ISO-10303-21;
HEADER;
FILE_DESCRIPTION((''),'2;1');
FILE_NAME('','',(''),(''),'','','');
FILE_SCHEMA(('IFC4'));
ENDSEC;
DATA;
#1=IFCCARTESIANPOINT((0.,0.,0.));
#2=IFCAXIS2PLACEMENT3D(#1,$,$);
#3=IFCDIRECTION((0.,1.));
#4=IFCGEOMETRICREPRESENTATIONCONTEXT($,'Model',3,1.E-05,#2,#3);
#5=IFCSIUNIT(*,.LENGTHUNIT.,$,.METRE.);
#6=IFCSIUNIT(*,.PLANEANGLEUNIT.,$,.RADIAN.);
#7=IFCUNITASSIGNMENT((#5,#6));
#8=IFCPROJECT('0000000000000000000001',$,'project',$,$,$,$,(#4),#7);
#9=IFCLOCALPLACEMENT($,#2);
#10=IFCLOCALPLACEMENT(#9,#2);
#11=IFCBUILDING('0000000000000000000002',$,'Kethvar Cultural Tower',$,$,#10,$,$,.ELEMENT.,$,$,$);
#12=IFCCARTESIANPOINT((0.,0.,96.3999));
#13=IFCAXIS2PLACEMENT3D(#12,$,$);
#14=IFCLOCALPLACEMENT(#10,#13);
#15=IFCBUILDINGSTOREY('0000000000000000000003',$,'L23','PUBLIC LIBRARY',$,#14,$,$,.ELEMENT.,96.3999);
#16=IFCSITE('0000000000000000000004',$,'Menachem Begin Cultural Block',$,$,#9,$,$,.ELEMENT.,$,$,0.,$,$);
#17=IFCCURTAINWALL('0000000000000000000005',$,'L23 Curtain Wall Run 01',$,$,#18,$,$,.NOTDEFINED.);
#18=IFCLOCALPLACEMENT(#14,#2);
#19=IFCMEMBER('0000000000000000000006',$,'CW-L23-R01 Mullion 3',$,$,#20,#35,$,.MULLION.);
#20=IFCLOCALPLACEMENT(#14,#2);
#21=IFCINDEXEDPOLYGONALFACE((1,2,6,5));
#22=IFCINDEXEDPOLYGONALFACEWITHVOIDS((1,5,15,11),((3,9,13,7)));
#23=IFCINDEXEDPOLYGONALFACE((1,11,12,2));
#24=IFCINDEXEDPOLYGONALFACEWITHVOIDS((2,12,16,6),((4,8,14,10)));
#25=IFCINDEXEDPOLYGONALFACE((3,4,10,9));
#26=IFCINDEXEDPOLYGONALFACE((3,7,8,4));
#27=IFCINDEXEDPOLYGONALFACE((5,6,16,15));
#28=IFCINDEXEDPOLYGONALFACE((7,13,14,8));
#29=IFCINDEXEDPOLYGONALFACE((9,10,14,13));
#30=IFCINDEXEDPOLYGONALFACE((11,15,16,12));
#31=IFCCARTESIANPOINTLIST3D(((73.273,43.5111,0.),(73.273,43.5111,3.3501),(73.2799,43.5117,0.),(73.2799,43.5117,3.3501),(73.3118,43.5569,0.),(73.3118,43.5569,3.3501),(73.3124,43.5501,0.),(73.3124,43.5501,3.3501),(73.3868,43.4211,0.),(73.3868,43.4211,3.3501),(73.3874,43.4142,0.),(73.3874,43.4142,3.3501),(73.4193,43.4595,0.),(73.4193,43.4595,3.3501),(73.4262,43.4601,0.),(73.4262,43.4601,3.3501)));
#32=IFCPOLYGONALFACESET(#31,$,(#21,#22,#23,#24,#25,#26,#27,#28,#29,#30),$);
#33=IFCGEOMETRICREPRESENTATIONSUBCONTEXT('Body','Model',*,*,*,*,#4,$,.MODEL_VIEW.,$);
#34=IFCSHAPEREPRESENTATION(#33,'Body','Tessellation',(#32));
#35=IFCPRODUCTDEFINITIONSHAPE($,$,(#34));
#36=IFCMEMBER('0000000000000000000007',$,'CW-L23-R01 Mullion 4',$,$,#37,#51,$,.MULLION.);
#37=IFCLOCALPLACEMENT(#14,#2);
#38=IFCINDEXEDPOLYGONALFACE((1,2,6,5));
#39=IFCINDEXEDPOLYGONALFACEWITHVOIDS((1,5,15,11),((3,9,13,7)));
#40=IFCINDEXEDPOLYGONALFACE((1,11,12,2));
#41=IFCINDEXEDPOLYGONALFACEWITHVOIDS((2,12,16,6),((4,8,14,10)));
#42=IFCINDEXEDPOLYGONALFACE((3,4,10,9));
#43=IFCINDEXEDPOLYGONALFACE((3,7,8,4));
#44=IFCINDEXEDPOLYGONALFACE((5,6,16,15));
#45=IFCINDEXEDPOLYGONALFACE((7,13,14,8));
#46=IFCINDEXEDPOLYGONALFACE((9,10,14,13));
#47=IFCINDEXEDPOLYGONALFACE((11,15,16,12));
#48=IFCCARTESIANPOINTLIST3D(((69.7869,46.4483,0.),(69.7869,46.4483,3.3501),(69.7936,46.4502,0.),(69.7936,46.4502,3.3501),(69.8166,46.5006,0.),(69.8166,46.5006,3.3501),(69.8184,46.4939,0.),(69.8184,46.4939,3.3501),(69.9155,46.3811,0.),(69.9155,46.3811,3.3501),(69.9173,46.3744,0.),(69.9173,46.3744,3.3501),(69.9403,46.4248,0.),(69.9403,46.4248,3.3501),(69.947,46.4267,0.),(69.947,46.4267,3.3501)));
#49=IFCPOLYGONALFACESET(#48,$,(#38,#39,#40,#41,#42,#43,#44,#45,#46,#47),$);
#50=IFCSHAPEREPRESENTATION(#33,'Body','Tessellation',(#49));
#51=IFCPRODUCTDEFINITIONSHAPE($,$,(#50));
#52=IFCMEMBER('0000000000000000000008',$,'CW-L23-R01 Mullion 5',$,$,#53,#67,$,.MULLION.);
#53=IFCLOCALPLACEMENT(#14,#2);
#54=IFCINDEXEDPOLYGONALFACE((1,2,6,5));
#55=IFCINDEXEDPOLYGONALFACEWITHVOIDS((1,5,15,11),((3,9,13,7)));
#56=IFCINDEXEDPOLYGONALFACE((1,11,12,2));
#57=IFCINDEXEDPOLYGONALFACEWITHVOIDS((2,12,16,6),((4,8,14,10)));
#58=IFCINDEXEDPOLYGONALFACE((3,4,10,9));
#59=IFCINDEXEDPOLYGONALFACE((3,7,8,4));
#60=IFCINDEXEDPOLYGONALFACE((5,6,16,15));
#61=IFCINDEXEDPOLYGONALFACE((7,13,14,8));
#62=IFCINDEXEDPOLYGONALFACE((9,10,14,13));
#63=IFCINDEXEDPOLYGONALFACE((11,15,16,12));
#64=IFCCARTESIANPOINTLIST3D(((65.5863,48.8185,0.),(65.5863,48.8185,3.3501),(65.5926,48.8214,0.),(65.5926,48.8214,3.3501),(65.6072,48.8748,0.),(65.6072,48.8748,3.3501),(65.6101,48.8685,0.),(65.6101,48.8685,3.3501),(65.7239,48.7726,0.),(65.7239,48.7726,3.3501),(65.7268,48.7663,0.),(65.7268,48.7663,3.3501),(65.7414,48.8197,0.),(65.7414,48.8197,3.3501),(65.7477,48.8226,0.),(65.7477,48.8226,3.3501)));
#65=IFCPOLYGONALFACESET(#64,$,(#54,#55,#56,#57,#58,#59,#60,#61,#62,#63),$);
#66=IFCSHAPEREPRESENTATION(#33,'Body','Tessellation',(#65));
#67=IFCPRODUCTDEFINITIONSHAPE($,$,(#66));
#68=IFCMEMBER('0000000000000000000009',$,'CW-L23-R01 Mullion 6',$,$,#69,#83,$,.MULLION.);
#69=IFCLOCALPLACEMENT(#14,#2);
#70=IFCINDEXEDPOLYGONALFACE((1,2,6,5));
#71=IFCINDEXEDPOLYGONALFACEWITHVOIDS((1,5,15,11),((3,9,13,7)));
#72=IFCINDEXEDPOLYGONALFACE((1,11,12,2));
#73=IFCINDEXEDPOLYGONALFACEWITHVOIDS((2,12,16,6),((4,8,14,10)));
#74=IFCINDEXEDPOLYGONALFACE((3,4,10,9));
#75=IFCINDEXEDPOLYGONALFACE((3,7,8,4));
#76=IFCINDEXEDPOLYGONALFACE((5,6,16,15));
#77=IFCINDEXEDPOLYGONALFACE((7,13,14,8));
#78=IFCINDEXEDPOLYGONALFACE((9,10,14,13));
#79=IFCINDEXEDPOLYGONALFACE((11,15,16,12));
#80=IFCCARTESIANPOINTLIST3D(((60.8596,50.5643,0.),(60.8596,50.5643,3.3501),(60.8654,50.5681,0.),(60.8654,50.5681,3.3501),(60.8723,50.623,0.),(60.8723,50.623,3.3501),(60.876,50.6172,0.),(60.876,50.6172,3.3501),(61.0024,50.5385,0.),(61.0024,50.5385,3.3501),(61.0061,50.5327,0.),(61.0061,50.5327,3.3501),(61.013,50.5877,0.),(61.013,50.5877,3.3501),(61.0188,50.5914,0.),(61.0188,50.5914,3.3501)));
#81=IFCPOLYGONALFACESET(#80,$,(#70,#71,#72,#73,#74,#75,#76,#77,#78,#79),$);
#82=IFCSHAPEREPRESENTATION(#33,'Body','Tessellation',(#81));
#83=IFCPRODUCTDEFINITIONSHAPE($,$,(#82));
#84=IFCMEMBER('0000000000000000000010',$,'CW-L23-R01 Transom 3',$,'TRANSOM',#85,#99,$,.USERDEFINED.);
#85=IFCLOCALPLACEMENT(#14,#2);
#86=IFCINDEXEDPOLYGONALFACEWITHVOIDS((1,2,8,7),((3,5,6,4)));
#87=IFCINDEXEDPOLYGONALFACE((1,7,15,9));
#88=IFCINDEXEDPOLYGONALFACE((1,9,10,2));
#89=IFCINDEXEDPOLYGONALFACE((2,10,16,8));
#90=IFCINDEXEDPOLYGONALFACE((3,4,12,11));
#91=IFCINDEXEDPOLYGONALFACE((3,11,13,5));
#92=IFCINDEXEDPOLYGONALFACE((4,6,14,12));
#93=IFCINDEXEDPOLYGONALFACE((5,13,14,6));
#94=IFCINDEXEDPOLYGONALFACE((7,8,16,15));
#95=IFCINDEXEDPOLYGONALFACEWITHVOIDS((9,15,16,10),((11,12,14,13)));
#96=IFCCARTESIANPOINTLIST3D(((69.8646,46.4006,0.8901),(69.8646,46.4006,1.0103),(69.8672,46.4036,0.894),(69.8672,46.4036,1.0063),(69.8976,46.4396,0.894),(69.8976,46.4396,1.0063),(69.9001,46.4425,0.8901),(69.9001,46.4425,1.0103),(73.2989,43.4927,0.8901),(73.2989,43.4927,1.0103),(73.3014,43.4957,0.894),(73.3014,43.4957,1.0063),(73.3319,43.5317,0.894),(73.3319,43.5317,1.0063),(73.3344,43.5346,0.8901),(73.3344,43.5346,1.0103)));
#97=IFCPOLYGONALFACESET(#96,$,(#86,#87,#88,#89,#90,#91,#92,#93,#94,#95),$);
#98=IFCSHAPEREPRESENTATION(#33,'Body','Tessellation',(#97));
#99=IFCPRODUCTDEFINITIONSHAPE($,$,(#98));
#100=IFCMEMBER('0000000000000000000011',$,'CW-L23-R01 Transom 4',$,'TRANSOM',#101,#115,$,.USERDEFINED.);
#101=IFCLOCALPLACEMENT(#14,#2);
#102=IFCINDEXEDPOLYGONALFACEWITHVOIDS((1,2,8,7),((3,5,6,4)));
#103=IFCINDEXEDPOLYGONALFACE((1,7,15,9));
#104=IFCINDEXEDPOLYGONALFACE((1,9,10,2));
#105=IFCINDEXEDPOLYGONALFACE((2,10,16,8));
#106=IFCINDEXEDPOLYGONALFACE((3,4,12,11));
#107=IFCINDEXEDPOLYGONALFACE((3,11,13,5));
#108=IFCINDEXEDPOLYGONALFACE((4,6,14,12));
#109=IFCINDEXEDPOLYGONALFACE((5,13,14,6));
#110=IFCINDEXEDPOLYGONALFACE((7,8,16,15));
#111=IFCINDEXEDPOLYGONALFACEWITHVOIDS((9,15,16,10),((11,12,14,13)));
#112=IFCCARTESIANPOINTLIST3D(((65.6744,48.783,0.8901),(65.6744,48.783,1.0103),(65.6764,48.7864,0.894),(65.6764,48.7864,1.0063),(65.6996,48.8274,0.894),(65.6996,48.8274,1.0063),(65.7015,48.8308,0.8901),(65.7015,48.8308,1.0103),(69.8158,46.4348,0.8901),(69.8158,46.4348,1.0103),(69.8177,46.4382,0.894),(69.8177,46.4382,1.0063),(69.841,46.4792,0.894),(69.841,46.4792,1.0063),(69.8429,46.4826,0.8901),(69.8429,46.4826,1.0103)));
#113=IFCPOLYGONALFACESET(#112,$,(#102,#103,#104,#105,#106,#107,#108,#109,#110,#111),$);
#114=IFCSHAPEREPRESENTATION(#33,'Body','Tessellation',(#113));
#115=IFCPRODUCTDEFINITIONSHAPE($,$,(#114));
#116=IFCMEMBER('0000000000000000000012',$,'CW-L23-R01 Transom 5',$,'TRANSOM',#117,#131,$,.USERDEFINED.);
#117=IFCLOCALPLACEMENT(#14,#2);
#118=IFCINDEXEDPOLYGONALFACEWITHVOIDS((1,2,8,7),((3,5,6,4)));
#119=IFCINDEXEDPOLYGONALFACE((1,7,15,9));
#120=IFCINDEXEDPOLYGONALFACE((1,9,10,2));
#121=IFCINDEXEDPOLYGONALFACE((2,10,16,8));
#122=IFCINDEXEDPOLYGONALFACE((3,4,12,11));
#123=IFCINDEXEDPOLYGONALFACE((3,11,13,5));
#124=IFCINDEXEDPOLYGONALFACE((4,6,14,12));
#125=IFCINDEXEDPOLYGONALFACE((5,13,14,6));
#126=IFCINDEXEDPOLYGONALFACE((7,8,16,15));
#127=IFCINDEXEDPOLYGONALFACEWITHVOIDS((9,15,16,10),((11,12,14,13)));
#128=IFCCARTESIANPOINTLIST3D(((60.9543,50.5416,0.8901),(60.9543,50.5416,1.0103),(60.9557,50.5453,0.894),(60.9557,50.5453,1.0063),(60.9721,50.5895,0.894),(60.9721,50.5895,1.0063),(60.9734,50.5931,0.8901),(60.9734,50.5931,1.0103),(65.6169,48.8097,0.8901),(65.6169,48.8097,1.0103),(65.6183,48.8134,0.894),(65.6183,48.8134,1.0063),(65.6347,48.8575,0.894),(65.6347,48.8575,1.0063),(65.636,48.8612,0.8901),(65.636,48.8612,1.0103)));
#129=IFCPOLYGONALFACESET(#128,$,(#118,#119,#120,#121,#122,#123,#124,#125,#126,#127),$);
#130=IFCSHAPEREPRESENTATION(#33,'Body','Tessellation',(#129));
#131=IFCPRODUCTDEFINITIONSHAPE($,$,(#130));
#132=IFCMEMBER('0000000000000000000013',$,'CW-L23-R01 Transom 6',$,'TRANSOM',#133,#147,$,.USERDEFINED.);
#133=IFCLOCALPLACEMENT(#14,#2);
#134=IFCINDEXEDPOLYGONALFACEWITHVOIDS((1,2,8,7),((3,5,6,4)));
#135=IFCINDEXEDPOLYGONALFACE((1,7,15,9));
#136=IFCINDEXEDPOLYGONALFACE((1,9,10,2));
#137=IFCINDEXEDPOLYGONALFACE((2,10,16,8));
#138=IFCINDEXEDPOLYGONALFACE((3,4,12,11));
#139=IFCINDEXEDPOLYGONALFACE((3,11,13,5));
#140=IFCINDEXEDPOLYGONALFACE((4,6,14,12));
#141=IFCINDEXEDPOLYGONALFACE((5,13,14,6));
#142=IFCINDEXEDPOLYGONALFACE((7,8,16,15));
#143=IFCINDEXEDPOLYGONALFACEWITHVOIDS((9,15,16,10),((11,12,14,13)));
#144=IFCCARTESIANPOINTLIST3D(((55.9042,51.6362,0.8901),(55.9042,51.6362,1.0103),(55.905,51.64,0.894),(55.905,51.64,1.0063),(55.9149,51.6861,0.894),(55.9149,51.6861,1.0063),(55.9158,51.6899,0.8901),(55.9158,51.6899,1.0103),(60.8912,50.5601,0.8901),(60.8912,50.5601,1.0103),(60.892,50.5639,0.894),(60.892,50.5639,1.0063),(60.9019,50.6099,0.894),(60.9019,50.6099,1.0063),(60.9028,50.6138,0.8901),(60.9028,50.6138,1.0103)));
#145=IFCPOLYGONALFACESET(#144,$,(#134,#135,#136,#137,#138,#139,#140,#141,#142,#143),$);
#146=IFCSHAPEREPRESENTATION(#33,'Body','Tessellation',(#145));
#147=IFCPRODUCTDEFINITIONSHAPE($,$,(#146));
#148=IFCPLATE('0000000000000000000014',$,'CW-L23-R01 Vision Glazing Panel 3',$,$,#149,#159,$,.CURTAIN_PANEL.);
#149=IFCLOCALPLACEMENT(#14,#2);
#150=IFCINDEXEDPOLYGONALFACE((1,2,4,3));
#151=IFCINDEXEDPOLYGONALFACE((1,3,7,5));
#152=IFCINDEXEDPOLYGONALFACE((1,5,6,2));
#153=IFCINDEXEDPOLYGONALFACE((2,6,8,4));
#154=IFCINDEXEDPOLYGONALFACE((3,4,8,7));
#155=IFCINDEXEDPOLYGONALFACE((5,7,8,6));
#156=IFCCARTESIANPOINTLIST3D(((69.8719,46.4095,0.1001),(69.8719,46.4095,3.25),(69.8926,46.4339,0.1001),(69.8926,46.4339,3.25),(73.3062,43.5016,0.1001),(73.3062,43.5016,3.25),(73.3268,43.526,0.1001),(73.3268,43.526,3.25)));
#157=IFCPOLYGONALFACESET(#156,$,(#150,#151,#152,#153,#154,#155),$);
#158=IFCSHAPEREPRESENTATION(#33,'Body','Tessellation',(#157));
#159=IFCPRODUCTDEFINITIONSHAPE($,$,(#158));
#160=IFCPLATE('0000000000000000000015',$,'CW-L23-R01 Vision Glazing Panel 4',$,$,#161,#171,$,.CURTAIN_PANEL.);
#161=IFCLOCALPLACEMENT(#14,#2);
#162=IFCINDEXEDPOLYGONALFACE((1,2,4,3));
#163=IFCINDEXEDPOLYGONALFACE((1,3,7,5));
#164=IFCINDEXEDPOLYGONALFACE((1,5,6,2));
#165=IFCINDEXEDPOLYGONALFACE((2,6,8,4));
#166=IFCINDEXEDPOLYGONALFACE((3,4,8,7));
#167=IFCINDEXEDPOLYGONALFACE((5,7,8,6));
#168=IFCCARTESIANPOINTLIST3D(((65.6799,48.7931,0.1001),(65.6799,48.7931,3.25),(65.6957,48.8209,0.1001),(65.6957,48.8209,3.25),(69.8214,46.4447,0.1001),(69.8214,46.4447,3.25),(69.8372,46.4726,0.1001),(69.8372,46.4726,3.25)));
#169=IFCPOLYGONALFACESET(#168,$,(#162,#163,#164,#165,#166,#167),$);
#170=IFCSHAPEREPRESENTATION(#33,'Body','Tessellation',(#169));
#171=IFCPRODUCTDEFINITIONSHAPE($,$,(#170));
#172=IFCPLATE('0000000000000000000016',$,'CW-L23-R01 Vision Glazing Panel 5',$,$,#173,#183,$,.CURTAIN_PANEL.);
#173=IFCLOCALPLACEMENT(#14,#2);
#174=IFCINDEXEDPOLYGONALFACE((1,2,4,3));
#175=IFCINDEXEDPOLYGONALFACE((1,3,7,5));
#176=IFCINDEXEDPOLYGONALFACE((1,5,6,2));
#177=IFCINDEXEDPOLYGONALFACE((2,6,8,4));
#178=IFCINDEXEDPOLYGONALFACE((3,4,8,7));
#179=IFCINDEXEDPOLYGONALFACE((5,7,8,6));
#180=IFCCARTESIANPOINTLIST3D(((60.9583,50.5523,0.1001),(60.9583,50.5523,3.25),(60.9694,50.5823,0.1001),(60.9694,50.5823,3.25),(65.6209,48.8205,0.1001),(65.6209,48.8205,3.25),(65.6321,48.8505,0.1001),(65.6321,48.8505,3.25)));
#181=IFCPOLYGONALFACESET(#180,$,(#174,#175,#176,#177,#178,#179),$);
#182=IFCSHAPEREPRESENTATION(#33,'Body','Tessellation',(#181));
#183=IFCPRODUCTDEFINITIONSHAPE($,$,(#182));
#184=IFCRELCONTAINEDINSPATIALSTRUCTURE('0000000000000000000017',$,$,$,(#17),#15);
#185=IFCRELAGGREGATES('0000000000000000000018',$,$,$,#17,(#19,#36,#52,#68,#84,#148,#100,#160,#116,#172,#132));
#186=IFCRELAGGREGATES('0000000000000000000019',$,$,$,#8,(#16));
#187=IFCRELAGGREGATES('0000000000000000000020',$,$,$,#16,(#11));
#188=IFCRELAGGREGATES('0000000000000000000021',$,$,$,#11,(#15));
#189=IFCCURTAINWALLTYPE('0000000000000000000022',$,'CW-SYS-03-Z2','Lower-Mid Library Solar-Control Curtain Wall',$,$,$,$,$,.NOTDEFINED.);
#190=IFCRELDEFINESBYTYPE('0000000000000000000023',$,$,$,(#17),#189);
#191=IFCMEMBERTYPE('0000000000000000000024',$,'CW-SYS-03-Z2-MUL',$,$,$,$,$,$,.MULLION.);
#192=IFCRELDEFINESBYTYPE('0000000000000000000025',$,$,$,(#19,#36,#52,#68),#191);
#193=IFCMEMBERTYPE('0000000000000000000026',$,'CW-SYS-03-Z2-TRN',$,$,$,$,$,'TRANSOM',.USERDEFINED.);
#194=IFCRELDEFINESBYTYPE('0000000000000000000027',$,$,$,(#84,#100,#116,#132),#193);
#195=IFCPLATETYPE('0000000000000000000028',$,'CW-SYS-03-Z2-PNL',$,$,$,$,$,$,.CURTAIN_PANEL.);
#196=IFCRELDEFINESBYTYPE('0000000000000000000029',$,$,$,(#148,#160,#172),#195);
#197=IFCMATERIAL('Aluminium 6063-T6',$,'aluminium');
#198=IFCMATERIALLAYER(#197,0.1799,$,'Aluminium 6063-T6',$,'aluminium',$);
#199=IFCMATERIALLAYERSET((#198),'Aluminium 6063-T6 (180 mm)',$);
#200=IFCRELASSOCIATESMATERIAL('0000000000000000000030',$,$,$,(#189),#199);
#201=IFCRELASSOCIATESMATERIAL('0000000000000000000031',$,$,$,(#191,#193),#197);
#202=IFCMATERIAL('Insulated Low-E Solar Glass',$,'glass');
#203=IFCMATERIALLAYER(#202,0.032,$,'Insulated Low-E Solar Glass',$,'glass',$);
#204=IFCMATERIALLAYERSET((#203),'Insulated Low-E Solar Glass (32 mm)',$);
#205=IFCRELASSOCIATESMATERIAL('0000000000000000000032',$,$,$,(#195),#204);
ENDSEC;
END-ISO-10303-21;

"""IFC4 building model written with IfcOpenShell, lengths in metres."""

from ifc_helpers import new_model, si_unit, direction, frame, origin, origin_2d, place, context, subcontext, project, spatial, rectangle, hollow_rectangle, extrude, source, transform, mapped, material, layer, layer_set, material_profile, profile_set, type_object, element, aggregate, save


model = new_model("IFC4")

# Units and contexts
model_context = context("Model", 3, precision=1e-05, world=origin(), true_north=direction((0.0, 1.0)))
body_context = subcontext(model_context, "Body", "Model", "MODEL_VIEW")
ifc_project = project(units=[si_unit("LENGTHUNIT", "METRE"), si_unit("PLANEANGLEUNIT", "RADIAN")], contexts=[model_context])

# Site, building, storey
site_placement = place(None, origin())
site = spatial("IfcSite", under=ifc_project, at=site_placement, Name="Menachem Begin Cultural Block", CompositionType="ELEMENT", RefElevation=0.0)
building_placement = place(site_placement, origin())
building = spatial("IfcBuilding", under=site, at=building_placement, Name="Kethvar Cultural Tower", CompositionType="ELEMENT")
storey_placement = place(building_placement, frame((0.0, 0.0, 96.3999)))
storey = spatial("IfcBuildingStorey", under=building, at=storey_placement, Name="L23", Description="PUBLIC LIBRARY", CompositionType="ELEMENT", Elevation=96.3999)

# Curtain wall, members, plates
ifc_material_1 = material(Name="Aluminium 6063-T6", Category="aluminium")
ifc_layer_1 = layer(ifc_material_1, 0.1799, Name="Aluminium 6063-T6", Category="aluminium")
ifc_layer_set_1 = layer_set([ifc_layer_1], Name="Aluminium 6063-T6 (180 mm)")
curtain_wall_type = type_object("IfcCurtainWallType", Name="CW-SYS-03-Z2", Description="Lower-Mid Library Solar-Control Curtain Wall", PredefinedType="NOTDEFINED", material=ifc_layer_set_1)
curtain_wall_placement = place(storey_placement, origin())
curtain_wall = element("IfcCurtainWall", 1, at=curtain_wall_placement, inside=storey, type_object=curtain_wall_type, Name="L23 Curtain Wall Run 01", PredefinedType="NOTDEFINED")
ifc_material_profile_1 = material_profile(ifc_material_1, hollow_rectangle(XDim=0.0601, YDim=0.1499, WallThickness=0.0049, at=origin_2d()), Name="Aluminium 6063-T6 — RHS150x60x5")
ifc_profile_set_1 = profile_set([ifc_material_profile_1], Name="Aluminium 6063-T6 — RHS150x60x5")
member_type_1 = type_object("IfcMemberType", Name="CW-SYS-03-Z2-MUL", PredefinedType="MULLION", material=ifc_profile_set_1)
shared_shape_1 = source(origin(), body_context, "Body", "SweptSolid", [
    extrude(hollow_rectangle(XDim=0.0601, YDim=0.1499, WallThickness=0.0049, at=origin_2d()), origin(), (0.0, 0.0, 1.0), 3.3501),
])
member_1_placement = place(storey_placement, frame((73.3496, 43.4856, 0.0), z_axis=(0.0, 0.0, 1.0), x_axis=(-0.646204, -0.763165, 0.0)))
member_1 = element("IfcMember", 2, at=member_1_placement, type_object=member_type_1, Name="CW-L23-R01 Mullion 3", PredefinedType="MULLION", context=body_context, shape_type="MappedRepresentation", body=[
    mapped(shared_shape_1, transform((0.0, 0.0, 0.0), scale=1.0)),
])
member_2_placement = place(storey_placement, frame((69.8669, 46.4375, 0.0), z_axis=(0.0, 0.0, 1.0), x_axis=(-0.493244, -0.869891, 0.0)))
member_2 = element("IfcMember", 3, at=member_2_placement, type_object=member_type_1, Name="CW-L23-R01 Mullion 4", PredefinedType="MULLION", context=body_context, shape_type="MappedRepresentation", body=[
    mapped(shared_shape_1, transform((0.0, 0.0, 0.0), scale=1.0)),
])
member_3_placement = place(storey_placement, frame((65.667, 48.8206, 0.0), z_axis=(0.0, 0.0, 1.0), x_axis=(-0.348179, -0.937428, 0.0)))
member_3 = element("IfcMember", 4, at=member_3_placement, type_object=member_type_1, Name="CW-L23-R01 Mullion 5", PredefinedType="MULLION", context=body_context, shape_type="MappedRepresentation", body=[
    mapped(shared_shape_1, transform((0.0, 0.0, 0.0), scale=1.0)),
])
member_4_placement = place(storey_placement, frame((60.9392, 50.5779, 0.0), z_axis=(0.0, 0.0, 1.0), x_axis=(-0.210949, -0.977497, 0.0)))
member_4 = element("IfcMember", 5, at=member_4_placement, type_object=member_type_1, Name="CW-L23-R01 Mullion 6", PredefinedType="MULLION", context=body_context, shape_type="MappedRepresentation", body=[
    mapped(shared_shape_1, transform((0.0, 0.0, 0.0), scale=1.0)),
])
ifc_material_profile_2 = material_profile(ifc_material_1, hollow_rectangle(XDim=0.0549, YDim=0.1201, WallThickness=0.0039, at=origin_2d()), Name="Aluminium 6063-T6 — RHS120x55x4")
ifc_profile_set_2 = profile_set([ifc_material_profile_2], Name="Aluminium 6063-T6 — RHS120x55x4")
member_type_2 = type_object("IfcMemberType", Name="CW-SYS-03-Z2-TRN", ElementType="TRANSOM", PredefinedType="USERDEFINED", material=ifc_profile_set_2)
shared_shape_2 = source(origin(), body_context, "Body", "SweptSolid", [
    extrude(hollow_rectangle(XDim=0.0549, YDim=0.1201, WallThickness=0.0039, at=origin_2d()), origin(), (0.0, 0.0, 1.0), 4.5),
])
member_5_placement = place(storey_placement, frame((73.3167, 43.5137, 0.9502), z_axis=(-0.763168, 0.6462, 0.0), x_axis=(-0.6462, -0.763168, 0.0)))
member_5 = element("IfcMember", 6, at=member_5_placement, type_object=member_type_2, Name="CW-L23-R01 Transom 3", ObjectType="TRANSOM", PredefinedType="USERDEFINED", context=body_context, shape_type="MappedRepresentation", body=[
    mapped(shared_shape_2, transform((0.0, 0.0, 0.0), scale=1.0)),
])
shared_shape_3 = source(origin(), body_context, "Body", "SweptSolid", [
    extrude(hollow_rectangle(XDim=0.0549, YDim=0.1201, WallThickness=0.0039, at=origin_2d()), origin(), (0.0, 0.0, 1.0), 4.7607),
])
member_6_placement = place(storey_placement, frame((69.8293, 46.4587, 0.9502), z_axis=(-0.869898, 0.493231, 0.0), x_axis=(-0.493231, -0.869898, 0.0)))
member_6 = element("IfcMember", 7, at=member_6_placement, type_object=member_type_2, Name="CW-L23-R01 Transom 4", ObjectType="TRANSOM", PredefinedType="USERDEFINED", context=body_context, shape_type="MappedRepresentation", body=[
    mapped(shared_shape_3, transform((0.0, 0.0, 0.0), scale=1.0)),
])
shared_shape_4 = source(origin(), body_context, "Body", "SweptSolid", [
    extrude(hollow_rectangle(XDim=0.0549, YDim=0.1201, WallThickness=0.0039, at=origin_2d()), origin(), (0.0, 0.0, 1.0), 4.9739),
])
member_7_placement = place(storey_placement, frame((65.6265, 48.8354, 0.9502), z_axis=(-0.937418, 0.348206, 0.0), x_axis=(-0.348206, -0.937418, 0.0)))
member_7 = element("IfcMember", 8, at=member_7_placement, type_object=member_type_2, Name="CW-L23-R01 Transom 5", ObjectType="TRANSOM", PredefinedType="USERDEFINED", context=body_context, shape_type="MappedRepresentation", body=[
    mapped(shared_shape_4, transform((0.0, 0.0, 0.0), scale=1.0)),
])
shared_shape_5 = source(origin(), body_context, "Body", "SweptSolid", [
    extrude(hollow_rectangle(XDim=0.0549, YDim=0.1201, WallThickness=0.0039, at=origin_2d()), origin(), (0.0, 0.0, 1.0), 5.1018),
])
member_8_placement = place(storey_placement, frame((60.897, 50.5869, 0.9502), z_axis=(-0.9775, 0.210937, 0.0), x_axis=(-0.210937, -0.9775, 0.0)))
member_8 = element("IfcMember", 9, at=member_8_placement, type_object=member_type_2, Name="CW-L23-R01 Transom 6", ObjectType="TRANSOM", PredefinedType="USERDEFINED", context=body_context, shape_type="MappedRepresentation", body=[
    mapped(shared_shape_5, transform((0.0, 0.0, 0.0), scale=1.0)),
])
ifc_material_2 = material(Name="Insulated Low-E Solar Glass", Category="glass")
ifc_layer_2 = layer(ifc_material_2, 0.032, Name="Insulated Low-E Solar Glass", Category="glass")
ifc_layer_set_2 = layer_set([ifc_layer_2], Name="Insulated Low-E Solar Glass (32 mm)")
plate_type = type_object("IfcPlateType", Name="CW-SYS-03-Z2-PNL", PredefinedType="CURTAIN_PANEL", material=ifc_layer_set_2)
shared_shape_6 = source(origin(), body_context, "Body", "SweptSolid", [
    extrude(rectangle(XDim=4.5, YDim=0.032, at=origin_2d()), origin(), (0.0, 0.0, 1.0), 3.1499),
])
plate_1_placement = place(storey_placement, frame((71.5994, 44.9678, 0.1001), z_axis=(0.0, 0.0, 1.0), x_axis=(-0.763165, 0.646204, 0.0)))
plate_1 = element("IfcPlate", 10, at=plate_1_placement, type_object=plate_type, Name="CW-L23-R01 Vision Glazing Panel 3", PredefinedType="CURTAIN_PANEL", context=body_context, shape_type="MappedRepresentation", body=[
    mapped(shared_shape_6, transform((0.0, 0.0, 0.0), scale=1.0)),
])
shared_shape_7 = source(origin(), body_context, "Body", "SweptSolid", [
    extrude(rectangle(XDim=4.761, YDim=0.032, at=origin_2d()), origin(), (0.0, 0.0, 1.0), 3.1499),
])
plate_2_placement = place(storey_placement, frame((67.7585, 47.6328, 0.1001), z_axis=(0.0, 0.0, 1.0), x_axis=(-0.869891, 0.493244, 0.0)))
plate_2 = element("IfcPlate", 11, at=plate_2_placement, type_object=plate_type, Name="CW-L23-R01 Vision Glazing Panel 4", PredefinedType="CURTAIN_PANEL", context=body_context, shape_type="MappedRepresentation", body=[
    mapped(shared_shape_7, transform((0.0, 0.0, 0.0), scale=1.0)),
])
shared_shape_8 = source(origin(), body_context, "Body", "SweptSolid", [
    extrude(rectangle(XDim=4.9739, YDim=0.032, at=origin_2d()), origin(), (0.0, 0.0, 1.0), 3.1499),
])
plate_3_placement = place(storey_placement, frame((63.2952, 49.7014, 0.1001), z_axis=(0.0, 0.0, 1.0), x_axis=(-0.937428, 0.348179, 0.0)))
plate_3 = element("IfcPlate", 12, at=plate_3_placement, type_object=plate_type, Name="CW-L23-R01 Vision Glazing Panel 5", PredefinedType="CURTAIN_PANEL", context=body_context, shape_type="MappedRepresentation", body=[
    mapped(shared_shape_8, transform((0.0, 0.0, 0.0), scale=1.0)),
])
aggregate(curtain_wall, [member_1, member_2, member_3, member_4, member_5, plate_1, member_6, plate_2, member_7, plate_3, member_8])

save(model, "model.ifc")
